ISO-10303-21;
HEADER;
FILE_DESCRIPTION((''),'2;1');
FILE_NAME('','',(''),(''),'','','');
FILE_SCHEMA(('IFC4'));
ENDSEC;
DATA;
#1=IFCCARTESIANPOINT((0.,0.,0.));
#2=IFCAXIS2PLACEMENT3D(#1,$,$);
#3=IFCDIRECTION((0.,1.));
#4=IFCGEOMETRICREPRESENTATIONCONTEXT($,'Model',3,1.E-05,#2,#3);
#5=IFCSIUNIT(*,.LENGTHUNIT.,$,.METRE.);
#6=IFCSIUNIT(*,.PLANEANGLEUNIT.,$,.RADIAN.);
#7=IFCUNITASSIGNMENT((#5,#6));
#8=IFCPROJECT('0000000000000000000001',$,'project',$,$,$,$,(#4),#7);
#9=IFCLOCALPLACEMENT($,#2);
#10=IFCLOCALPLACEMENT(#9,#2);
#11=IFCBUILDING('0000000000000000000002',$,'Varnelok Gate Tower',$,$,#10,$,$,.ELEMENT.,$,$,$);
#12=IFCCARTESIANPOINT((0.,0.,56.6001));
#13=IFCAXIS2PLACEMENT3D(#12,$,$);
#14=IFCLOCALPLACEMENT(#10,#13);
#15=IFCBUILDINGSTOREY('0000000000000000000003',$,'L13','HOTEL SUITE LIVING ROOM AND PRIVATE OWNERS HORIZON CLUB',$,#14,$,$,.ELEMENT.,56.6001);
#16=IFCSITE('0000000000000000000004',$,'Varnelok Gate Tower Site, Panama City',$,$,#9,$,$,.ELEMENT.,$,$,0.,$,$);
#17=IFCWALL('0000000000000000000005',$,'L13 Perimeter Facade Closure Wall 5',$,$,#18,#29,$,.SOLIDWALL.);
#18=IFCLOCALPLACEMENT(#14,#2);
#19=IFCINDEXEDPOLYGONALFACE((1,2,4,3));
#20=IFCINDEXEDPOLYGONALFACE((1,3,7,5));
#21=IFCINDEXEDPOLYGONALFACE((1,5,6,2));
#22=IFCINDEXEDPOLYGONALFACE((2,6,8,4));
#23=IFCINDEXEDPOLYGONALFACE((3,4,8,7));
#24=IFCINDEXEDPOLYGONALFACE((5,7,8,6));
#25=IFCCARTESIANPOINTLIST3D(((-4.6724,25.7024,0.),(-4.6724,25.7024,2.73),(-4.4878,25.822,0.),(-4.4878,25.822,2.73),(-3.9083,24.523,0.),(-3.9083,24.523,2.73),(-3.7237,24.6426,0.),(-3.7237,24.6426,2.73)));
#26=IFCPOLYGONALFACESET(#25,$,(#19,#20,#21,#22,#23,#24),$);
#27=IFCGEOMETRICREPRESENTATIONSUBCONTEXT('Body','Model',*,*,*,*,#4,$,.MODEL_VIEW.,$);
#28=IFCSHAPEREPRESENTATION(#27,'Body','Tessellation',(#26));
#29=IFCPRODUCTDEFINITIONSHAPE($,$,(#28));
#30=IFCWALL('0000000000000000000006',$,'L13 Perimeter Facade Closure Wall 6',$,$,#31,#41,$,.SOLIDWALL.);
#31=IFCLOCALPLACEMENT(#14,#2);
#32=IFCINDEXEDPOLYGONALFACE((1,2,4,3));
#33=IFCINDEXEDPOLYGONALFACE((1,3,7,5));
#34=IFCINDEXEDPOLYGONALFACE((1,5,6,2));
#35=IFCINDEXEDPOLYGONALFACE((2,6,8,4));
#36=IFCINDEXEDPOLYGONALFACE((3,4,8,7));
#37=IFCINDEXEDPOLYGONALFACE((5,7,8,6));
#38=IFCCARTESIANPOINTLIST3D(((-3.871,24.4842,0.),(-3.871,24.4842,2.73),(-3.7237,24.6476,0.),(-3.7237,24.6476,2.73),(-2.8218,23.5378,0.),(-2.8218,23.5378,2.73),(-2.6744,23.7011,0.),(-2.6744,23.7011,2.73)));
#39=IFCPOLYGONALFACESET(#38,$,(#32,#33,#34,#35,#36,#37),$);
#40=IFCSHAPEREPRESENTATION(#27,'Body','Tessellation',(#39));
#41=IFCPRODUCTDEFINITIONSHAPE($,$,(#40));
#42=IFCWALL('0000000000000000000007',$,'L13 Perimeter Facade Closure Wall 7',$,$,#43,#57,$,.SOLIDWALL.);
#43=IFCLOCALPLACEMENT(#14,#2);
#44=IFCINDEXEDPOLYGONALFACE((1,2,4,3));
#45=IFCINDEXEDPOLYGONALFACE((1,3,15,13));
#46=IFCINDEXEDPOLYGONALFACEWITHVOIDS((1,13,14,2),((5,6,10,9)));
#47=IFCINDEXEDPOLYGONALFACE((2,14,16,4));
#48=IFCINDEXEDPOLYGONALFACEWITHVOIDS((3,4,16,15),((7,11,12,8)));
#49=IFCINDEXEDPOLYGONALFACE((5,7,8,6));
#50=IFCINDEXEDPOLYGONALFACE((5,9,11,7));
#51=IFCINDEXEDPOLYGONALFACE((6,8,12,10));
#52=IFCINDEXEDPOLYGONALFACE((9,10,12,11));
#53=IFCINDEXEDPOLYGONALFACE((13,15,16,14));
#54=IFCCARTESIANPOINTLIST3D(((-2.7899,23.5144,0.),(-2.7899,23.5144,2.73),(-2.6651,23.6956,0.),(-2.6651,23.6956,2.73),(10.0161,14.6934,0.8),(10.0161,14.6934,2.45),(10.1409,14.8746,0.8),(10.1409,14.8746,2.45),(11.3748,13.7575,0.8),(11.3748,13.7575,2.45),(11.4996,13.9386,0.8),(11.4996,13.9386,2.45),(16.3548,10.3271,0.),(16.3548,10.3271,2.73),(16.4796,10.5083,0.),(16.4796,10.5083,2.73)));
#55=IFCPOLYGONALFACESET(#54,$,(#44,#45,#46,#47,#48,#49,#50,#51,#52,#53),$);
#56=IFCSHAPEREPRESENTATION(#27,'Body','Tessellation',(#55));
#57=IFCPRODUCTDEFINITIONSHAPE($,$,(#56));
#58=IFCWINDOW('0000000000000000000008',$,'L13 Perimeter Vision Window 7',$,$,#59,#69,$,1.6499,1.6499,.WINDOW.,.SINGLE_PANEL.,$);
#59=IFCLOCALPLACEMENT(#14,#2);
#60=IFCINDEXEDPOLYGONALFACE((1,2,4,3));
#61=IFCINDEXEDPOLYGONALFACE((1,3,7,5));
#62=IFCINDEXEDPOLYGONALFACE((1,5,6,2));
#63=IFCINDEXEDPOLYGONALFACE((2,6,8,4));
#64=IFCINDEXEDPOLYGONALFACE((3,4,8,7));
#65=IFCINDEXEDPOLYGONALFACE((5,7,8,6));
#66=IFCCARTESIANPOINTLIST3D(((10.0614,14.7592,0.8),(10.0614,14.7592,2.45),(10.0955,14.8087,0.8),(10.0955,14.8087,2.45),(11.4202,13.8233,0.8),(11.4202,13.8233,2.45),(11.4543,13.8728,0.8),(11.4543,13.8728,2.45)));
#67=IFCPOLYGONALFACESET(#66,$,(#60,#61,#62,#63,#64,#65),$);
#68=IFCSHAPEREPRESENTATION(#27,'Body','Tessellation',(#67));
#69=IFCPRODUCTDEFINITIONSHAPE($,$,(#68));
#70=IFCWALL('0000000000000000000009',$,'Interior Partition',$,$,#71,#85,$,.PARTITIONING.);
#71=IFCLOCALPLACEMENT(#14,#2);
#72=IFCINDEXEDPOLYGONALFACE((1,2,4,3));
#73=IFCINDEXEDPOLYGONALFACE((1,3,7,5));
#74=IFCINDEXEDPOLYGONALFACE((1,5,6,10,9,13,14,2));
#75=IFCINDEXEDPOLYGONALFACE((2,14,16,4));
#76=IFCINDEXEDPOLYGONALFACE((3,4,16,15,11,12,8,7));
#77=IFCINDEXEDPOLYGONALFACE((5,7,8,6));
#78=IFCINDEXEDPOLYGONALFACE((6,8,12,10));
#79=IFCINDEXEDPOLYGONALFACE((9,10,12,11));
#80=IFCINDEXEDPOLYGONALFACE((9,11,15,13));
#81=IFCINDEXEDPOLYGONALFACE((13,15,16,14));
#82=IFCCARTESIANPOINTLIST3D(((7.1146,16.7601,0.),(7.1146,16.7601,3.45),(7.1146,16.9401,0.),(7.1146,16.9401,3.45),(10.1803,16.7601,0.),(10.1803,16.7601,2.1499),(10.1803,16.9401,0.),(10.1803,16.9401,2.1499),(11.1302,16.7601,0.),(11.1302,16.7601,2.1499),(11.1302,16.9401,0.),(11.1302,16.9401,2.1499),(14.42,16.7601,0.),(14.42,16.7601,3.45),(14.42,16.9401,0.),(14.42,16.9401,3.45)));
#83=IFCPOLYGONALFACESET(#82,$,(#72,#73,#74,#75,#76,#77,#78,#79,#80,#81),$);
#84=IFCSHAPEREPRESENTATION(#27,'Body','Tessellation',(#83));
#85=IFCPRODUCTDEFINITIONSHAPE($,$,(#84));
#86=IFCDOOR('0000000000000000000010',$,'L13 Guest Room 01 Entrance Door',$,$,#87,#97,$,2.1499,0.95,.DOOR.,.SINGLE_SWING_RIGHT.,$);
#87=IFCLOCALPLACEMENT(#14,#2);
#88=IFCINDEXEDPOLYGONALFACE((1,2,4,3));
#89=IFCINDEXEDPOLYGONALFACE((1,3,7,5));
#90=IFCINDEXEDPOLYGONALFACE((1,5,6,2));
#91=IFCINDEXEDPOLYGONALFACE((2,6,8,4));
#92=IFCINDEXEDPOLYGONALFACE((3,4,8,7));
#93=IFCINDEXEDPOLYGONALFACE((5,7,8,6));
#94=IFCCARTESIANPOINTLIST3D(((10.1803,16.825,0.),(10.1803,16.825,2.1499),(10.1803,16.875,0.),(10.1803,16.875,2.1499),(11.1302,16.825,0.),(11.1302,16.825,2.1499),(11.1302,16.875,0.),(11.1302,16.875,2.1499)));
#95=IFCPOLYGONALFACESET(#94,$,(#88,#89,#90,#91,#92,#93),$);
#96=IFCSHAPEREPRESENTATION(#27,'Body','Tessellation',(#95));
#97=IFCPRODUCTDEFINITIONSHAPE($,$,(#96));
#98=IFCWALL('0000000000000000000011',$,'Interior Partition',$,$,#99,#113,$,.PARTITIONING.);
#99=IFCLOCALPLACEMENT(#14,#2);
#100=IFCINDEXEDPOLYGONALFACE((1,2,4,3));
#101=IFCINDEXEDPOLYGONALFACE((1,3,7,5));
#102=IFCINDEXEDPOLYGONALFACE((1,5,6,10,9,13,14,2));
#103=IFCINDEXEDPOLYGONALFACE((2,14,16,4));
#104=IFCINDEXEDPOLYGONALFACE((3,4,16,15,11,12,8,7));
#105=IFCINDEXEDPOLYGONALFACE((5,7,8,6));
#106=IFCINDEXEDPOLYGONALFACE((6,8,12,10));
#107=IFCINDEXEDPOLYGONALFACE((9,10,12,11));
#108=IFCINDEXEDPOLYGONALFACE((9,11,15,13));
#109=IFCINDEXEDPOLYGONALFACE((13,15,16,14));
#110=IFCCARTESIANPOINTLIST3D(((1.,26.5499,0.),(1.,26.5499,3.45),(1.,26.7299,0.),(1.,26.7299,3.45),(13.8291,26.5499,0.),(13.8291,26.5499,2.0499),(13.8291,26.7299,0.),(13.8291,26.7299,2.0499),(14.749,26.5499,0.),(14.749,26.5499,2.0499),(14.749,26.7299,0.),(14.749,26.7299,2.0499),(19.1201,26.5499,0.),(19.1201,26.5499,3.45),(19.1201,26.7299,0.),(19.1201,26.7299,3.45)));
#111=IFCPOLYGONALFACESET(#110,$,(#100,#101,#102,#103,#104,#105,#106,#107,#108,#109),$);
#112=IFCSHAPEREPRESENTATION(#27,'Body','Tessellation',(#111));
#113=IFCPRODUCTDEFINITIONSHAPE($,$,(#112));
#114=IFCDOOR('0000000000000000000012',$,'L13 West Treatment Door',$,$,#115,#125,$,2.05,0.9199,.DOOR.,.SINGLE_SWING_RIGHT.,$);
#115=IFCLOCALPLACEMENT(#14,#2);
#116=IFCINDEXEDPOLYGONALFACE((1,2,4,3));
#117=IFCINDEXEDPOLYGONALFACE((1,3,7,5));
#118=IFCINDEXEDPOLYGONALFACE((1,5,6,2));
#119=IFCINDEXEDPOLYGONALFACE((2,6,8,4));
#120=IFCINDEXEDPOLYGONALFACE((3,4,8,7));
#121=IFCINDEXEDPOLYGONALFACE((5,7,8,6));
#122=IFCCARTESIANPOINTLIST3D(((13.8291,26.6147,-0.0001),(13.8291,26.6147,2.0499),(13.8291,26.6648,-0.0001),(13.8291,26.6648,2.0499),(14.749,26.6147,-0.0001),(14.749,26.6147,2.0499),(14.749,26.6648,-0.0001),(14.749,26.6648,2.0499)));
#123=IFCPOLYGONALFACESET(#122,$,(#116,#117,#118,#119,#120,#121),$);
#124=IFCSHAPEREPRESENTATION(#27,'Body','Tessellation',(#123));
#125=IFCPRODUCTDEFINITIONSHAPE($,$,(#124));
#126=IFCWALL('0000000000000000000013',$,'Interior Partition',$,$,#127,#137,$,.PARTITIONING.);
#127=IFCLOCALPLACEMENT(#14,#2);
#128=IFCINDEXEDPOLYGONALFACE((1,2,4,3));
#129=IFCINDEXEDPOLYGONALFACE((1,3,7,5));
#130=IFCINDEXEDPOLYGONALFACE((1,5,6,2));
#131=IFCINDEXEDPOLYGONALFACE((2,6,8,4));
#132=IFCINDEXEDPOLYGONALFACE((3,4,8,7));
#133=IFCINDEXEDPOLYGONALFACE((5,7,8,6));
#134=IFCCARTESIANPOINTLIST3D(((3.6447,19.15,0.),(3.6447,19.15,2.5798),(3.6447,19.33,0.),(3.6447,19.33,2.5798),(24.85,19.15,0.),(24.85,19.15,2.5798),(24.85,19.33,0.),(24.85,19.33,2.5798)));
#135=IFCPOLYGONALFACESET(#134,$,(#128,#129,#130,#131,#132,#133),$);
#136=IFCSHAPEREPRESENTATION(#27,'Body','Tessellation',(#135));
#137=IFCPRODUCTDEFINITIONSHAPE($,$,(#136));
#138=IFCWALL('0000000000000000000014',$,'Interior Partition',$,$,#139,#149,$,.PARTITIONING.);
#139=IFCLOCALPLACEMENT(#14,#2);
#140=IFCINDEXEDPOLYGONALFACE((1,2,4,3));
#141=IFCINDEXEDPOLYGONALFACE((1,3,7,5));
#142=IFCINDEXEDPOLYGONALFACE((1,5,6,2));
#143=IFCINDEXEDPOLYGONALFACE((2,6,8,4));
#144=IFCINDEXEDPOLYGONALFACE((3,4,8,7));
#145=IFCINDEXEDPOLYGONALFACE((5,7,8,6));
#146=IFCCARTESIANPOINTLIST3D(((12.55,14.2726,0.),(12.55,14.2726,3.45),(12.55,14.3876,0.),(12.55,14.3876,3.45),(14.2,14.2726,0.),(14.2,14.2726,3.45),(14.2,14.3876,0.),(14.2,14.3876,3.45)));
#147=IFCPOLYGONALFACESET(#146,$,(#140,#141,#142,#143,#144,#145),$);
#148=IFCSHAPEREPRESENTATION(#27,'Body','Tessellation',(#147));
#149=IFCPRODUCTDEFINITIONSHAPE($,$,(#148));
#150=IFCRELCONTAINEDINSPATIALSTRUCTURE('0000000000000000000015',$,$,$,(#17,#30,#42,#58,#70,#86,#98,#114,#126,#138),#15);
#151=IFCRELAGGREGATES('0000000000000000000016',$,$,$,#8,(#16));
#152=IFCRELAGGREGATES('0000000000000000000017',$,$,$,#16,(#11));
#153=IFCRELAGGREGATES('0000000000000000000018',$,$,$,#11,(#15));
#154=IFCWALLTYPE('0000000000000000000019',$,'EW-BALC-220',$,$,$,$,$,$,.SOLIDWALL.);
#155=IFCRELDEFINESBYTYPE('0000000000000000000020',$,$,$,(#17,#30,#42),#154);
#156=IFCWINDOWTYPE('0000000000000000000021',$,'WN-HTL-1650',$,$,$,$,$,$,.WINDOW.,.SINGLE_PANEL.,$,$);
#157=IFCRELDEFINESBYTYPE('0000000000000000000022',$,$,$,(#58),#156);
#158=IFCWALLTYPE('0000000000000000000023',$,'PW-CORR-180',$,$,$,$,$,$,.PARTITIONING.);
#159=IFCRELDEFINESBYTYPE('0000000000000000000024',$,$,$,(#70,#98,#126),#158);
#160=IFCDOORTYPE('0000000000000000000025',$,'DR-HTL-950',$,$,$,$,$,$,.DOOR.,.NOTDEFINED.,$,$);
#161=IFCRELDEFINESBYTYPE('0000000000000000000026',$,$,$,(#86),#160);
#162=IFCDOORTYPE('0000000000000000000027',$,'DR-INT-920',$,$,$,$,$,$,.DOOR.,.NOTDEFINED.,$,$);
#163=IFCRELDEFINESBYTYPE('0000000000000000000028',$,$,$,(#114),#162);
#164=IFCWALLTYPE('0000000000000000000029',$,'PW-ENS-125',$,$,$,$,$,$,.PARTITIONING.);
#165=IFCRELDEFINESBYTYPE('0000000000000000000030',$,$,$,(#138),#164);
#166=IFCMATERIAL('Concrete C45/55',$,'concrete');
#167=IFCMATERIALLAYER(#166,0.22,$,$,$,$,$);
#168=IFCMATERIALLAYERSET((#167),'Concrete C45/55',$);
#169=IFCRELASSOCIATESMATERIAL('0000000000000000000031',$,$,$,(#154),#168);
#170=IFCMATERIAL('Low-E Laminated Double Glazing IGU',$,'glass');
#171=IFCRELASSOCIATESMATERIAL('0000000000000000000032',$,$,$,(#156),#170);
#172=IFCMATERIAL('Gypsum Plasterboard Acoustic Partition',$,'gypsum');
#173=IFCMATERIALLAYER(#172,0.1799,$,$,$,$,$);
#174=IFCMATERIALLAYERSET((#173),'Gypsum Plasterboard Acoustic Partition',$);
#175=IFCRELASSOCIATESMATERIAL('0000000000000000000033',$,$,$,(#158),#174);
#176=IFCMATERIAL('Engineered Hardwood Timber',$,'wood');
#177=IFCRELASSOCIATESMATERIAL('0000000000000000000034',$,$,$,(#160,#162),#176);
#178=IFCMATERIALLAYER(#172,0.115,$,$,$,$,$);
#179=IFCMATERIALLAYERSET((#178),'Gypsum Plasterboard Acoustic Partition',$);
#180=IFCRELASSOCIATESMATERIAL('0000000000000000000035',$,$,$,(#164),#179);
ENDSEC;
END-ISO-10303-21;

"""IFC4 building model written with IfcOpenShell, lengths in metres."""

from ifc_helpers import new_model, si_unit, direction, frame, frame_2d, origin, place, context, subcontext, project, spatial, rectangle, extrude, material, layer, layer_set, type_object, element, fill, save


model = new_model("IFC4")

# Units and contexts
model_context = context("Model", 3, precision=1e-05, world=origin(), true_north=direction((0.0, 1.0)))
body_context = subcontext(model_context, "Body", "Model", "MODEL_VIEW")
ifc_project = project(units=[si_unit("LENGTHUNIT", "METRE"), si_unit("PLANEANGLEUNIT", "RADIAN")], contexts=[model_context])

# Site, building, storey
site_placement = place(None, origin())
site = spatial("IfcSite", under=ifc_project, at=site_placement, Name="Varnelok Gate Tower Site, Panama City", CompositionType="ELEMENT", RefElevation=0.0)
building_placement = place(site_placement, origin())
building = spatial("IfcBuilding", under=site, at=building_placement, Name="Varnelok Gate Tower", CompositionType="ELEMENT")
storey_placement = place(building_placement, frame((0.0, 0.0, 56.6001)))
storey = spatial("IfcBuildingStorey", under=building, at=storey_placement, Name="L13", Description="HOTEL SUITE LIVING ROOM AND PRIVATE OWNERS HORIZON CLUB", CompositionType="ELEMENT", Elevation=56.6001)

# Shared definitions
ifc_material_1 = material(Name="Concrete C45/55", Category="concrete")

# Walls
ifc_layer_1 = layer(ifc_material_1, 0.22)
ifc_layer_set_1 = layer_set([ifc_layer_1], Name="Concrete C45/55")
wall_type_1 = type_object("IfcWallType", Name="EW-BALC-220", PredefinedType="SOLIDWALL", material=ifc_layer_set_1)
for number, where, z_axis, x_axis, name in (
    (1, (-4.5801, 25.7622, 0.0), (0.0, 0.0, 1.0), (0.543748, -0.839248, 0.0), "L13 Perimeter Facade Closure Wall 5"),
):
    element("IfcWall", number, at=place(storey_placement, frame(where, z_axis=z_axis, x_axis=x_axis)), inside=storey, type_object=wall_type_1, Name=name, PredefinedType="SOLIDWALL", context=body_context, shape_type="SweptSolid", body=[
        extrude(rectangle(XDim=1.4053, YDim=0.22, at=frame_2d((0.7026, 0.0))), origin(), (0.0, 0.0, 1.0), 2.73),
    ])
wall_1_placement = place(storey_placement, frame((-3.7974, 24.5659, 0.0), z_axis=(0.0, 0.0, 1.0), x_axis=(0.742538, -0.669804, 0.0)))
element("IfcWall", 2, at=wall_1_placement, inside=storey, type_object=wall_type_1, Name="L13 Perimeter Facade Closure Wall 6", PredefinedType="SOLIDWALL", context=body_context, shape_type="SweptSolid", body=[
    extrude(rectangle(XDim=1.4131, YDim=0.22, at=frame_2d((0.7065, 0.0))), origin(), (0.0, 0.0, 1.0), 2.73),
])

# Wall, opening, window
wall_2_placement = place(storey_placement, frame((-2.7275, 23.605, 0.0), z_axis=(0.0, 0.0, 1.0), x_axis=(0.823535, -0.567265, 0.0)))
wall_2 = element("IfcWall", 3, at=wall_2_placement, inside=storey, type_object=wall_type_1, Name="L13 Perimeter Facade Closure Wall 7", PredefinedType="SOLIDWALL", context=body_context, shape_type="SweptSolid", body=[
    extrude(rectangle(XDim=23.2471, YDim=0.22, at=frame_2d((11.6235, 0.0))), origin(), (0.0, 0.0, 1.0), 2.73),
])
opening_1_placement = place(wall_2_placement, frame((15.55, 0.0, 0.8)))
opening_1 = element("IfcOpeningElement", 4, at=opening_1_placement, cuts=wall_2, PredefinedType="OPENING", context=body_context, shape_type="SweptSolid", body=[
    extrude(rectangle(XDim=1.6499, YDim=1.6499, at=frame_2d((0.825, 0.825))), frame((0.0, 0.1199, 0.0), z_axis=(0.0, -1.0, 0.0), x_axis=(1.0, 0.0, 0.0)), (0.0, 0.0, 1.0), 0.24),
])
ifc_material_2 = material(Name="Low-E Laminated Double Glazing IGU", Category="glass")
window_type = type_object("IfcWindowType", Name="WN-HTL-1650", PartitioningType="SINGLE_PANEL", PredefinedType="WINDOW", material=ifc_material_2)
window_placement = place(opening_1_placement, origin())
window = element("IfcWindow", 5, at=window_placement, inside=storey, type_object=window_type, Name="L13 Perimeter Vision Window 7", OverallHeight=1.6499, OverallWidth=1.6499, PartitioningType="SINGLE_PANEL", PredefinedType="WINDOW", context=body_context, shape_type="SweptSolid", body=[
    extrude(rectangle(XDim=1.6499, YDim=1.6499, at=frame_2d((0.825, 0.825))), frame((0.0, 0.03, 0.0), z_axis=(0.0, -1.0, 0.0), x_axis=(1.0, 0.0, 0.0)), (0.0, 0.0, 1.0), 0.0601),
])
fill(opening_1, window)

# Walls, openings, doors
ifc_material_3 = material(Name="Gypsum Plasterboard Acoustic Partition", Category="gypsum")
ifc_layer_2 = layer(ifc_material_3, 0.1799)
ifc_layer_set_2 = layer_set([ifc_layer_2], Name="Gypsum Plasterboard Acoustic Partition")
wall_type_2 = type_object("IfcWallType", Name="PW-CORR-180", PredefinedType="PARTITIONING", material=ifc_layer_set_2)
wall_3_placement = place(storey_placement, frame((7.1145, 16.8501, 0.0), z_axis=(0.0, 0.0, 1.0), x_axis=(1.0, 0.0, 0.0)))
wall_3 = element("IfcWall", 6, at=wall_3_placement, inside=storey, type_object=wall_type_2, Name="Interior Partition", PredefinedType="PARTITIONING", context=body_context, shape_type="SweptSolid", body=[
    extrude(rectangle(XDim=7.3054, YDim=0.1799, at=frame_2d((3.6528, 0.0))), origin(), (0.0, 0.0, 1.0), 3.45),
])
opening_2_placement = place(wall_3_placement, frame((3.0657, 0.0, 0.0)))
opening_2 = element("IfcOpeningElement", 7, at=opening_2_placement, cuts=wall_3, PredefinedType="OPENING", context=body_context, shape_type="SweptSolid", body=[
    extrude(rectangle(XDim=0.95, YDim=2.1499, at=frame_2d((0.4751, 1.075))), frame((0.0, 0.0999, 0.0), z_axis=(0.0, -1.0, 0.0), x_axis=(1.0, 0.0, 0.0)), (0.0, 0.0, 1.0), 0.2),
])
ifc_material_4 = material(Name="Engineered Hardwood Timber", Category="wood")
door_type_1 = type_object("IfcDoorType", Name="DR-HTL-950", OperationType="NOTDEFINED", PredefinedType="DOOR", material=ifc_material_4)
door_1_placement = place(opening_2_placement, origin())
door_1 = element("IfcDoor", 8, at=door_1_placement, inside=storey, type_object=door_type_1, Name="L13 Guest Room 01 Entrance Door", OperationType="SINGLE_SWING_RIGHT", OverallHeight=2.1499, OverallWidth=0.95, PredefinedType="DOOR", context=body_context, shape_type="SweptSolid", body=[
    extrude(rectangle(XDim=0.95, YDim=2.1499, at=frame_2d((0.4751, 1.075))), frame((0.0, 0.0249, 0.0), z_axis=(0.0, -1.0, 0.0), x_axis=(1.0, 0.0, 0.0)), (0.0, 0.0, 1.0), 0.05),
])
fill(opening_2, door_1)
wall_4_placement = place(storey_placement, frame((1.0, 26.6399, 0.0), z_axis=(0.0, 0.0, 1.0), x_axis=(1.0, 0.0, 0.0)))
wall_4 = element("IfcWall", 9, at=wall_4_placement, inside=storey, type_object=wall_type_2, Name="Interior Partition", PredefinedType="PARTITIONING", context=body_context, shape_type="SweptSolid", body=[
    extrude(rectangle(XDim=18.1201, YDim=0.1799, at=frame_2d((9.0601, 0.0))), origin(), (0.0, 0.0, 1.0), 3.45),
])
opening_3_placement = place(wall_4_placement, frame((12.8291, 0.0, 0.0)))
opening_3 = element("IfcOpeningElement", 10, at=opening_3_placement, cuts=wall_4, PredefinedType="OPENING", context=body_context, shape_type="SweptSolid", body=[
    extrude(rectangle(XDim=0.9199, YDim=2.05, at=frame_2d((0.46, 1.0249))), frame((0.0, 0.0999, 0.0), z_axis=(0.0, -1.0, 0.0), x_axis=(1.0, 0.0, 0.0)), (0.0, 0.0, 1.0), 0.2),
])
door_type_2 = type_object("IfcDoorType", Name="DR-INT-920", OperationType="NOTDEFINED", PredefinedType="DOOR", material=ifc_material_4)
door_2_placement = place(opening_3_placement, origin())
door_2 = element("IfcDoor", 11, at=door_2_placement, inside=storey, type_object=door_type_2, Name="L13 West Treatment Door", OperationType="SINGLE_SWING_RIGHT", OverallHeight=2.05, OverallWidth=0.9199, PredefinedType="DOOR", context=body_context, shape_type="SweptSolid", body=[
    extrude(rectangle(XDim=0.9199, YDim=2.05, at=frame_2d((0.46, 1.0249))), frame((0.0, 0.0249, 0.0), z_axis=(0.0, -1.0, 0.0), x_axis=(1.0, 0.0, 0.0)), (0.0, 0.0, 1.0), 0.05),
])
fill(opening_3, door_2)

# Walls
wall_5_placement = place(storey_placement, frame((3.6448, 19.24, 0.0), z_axis=(0.0, 0.0, 1.0), x_axis=(1.0, 0.0, 0.0)))
element("IfcWall", 12, at=wall_5_placement, inside=storey, type_object=wall_type_2, Name="Interior Partition", PredefinedType="PARTITIONING", context=body_context, shape_type="SweptSolid", body=[
    extrude(rectangle(XDim=21.2053, YDim=0.1799, at=frame_2d((10.6025, 0.0))), origin(), (0.0, 0.0, 1.0), 2.5798),
])
ifc_layer_3 = layer(ifc_material_3, 0.115)
ifc_layer_set_3 = layer_set([ifc_layer_3], Name="Gypsum Plasterboard Acoustic Partition")
wall_type_3 = type_object("IfcWallType", Name="PW-ENS-125", PredefinedType="PARTITIONING", material=ifc_layer_set_3)
wall_6_placement = place(storey_placement, frame((12.55, 14.3301, 0.0), z_axis=(0.0, 0.0, 1.0), x_axis=(1.0, 0.0, 0.0)))
element("IfcWall", 13, at=wall_6_placement, inside=storey, type_object=wall_type_3, Name="Interior Partition", PredefinedType="PARTITIONING", context=body_context, shape_type="SweptSolid", body=[
    extrude(rectangle(XDim=1.6499, YDim=0.115, at=frame_2d((0.825, 0.0))), origin(), (0.0, 0.0, 1.0), 3.45),
])

save(model, "model.ifc")
